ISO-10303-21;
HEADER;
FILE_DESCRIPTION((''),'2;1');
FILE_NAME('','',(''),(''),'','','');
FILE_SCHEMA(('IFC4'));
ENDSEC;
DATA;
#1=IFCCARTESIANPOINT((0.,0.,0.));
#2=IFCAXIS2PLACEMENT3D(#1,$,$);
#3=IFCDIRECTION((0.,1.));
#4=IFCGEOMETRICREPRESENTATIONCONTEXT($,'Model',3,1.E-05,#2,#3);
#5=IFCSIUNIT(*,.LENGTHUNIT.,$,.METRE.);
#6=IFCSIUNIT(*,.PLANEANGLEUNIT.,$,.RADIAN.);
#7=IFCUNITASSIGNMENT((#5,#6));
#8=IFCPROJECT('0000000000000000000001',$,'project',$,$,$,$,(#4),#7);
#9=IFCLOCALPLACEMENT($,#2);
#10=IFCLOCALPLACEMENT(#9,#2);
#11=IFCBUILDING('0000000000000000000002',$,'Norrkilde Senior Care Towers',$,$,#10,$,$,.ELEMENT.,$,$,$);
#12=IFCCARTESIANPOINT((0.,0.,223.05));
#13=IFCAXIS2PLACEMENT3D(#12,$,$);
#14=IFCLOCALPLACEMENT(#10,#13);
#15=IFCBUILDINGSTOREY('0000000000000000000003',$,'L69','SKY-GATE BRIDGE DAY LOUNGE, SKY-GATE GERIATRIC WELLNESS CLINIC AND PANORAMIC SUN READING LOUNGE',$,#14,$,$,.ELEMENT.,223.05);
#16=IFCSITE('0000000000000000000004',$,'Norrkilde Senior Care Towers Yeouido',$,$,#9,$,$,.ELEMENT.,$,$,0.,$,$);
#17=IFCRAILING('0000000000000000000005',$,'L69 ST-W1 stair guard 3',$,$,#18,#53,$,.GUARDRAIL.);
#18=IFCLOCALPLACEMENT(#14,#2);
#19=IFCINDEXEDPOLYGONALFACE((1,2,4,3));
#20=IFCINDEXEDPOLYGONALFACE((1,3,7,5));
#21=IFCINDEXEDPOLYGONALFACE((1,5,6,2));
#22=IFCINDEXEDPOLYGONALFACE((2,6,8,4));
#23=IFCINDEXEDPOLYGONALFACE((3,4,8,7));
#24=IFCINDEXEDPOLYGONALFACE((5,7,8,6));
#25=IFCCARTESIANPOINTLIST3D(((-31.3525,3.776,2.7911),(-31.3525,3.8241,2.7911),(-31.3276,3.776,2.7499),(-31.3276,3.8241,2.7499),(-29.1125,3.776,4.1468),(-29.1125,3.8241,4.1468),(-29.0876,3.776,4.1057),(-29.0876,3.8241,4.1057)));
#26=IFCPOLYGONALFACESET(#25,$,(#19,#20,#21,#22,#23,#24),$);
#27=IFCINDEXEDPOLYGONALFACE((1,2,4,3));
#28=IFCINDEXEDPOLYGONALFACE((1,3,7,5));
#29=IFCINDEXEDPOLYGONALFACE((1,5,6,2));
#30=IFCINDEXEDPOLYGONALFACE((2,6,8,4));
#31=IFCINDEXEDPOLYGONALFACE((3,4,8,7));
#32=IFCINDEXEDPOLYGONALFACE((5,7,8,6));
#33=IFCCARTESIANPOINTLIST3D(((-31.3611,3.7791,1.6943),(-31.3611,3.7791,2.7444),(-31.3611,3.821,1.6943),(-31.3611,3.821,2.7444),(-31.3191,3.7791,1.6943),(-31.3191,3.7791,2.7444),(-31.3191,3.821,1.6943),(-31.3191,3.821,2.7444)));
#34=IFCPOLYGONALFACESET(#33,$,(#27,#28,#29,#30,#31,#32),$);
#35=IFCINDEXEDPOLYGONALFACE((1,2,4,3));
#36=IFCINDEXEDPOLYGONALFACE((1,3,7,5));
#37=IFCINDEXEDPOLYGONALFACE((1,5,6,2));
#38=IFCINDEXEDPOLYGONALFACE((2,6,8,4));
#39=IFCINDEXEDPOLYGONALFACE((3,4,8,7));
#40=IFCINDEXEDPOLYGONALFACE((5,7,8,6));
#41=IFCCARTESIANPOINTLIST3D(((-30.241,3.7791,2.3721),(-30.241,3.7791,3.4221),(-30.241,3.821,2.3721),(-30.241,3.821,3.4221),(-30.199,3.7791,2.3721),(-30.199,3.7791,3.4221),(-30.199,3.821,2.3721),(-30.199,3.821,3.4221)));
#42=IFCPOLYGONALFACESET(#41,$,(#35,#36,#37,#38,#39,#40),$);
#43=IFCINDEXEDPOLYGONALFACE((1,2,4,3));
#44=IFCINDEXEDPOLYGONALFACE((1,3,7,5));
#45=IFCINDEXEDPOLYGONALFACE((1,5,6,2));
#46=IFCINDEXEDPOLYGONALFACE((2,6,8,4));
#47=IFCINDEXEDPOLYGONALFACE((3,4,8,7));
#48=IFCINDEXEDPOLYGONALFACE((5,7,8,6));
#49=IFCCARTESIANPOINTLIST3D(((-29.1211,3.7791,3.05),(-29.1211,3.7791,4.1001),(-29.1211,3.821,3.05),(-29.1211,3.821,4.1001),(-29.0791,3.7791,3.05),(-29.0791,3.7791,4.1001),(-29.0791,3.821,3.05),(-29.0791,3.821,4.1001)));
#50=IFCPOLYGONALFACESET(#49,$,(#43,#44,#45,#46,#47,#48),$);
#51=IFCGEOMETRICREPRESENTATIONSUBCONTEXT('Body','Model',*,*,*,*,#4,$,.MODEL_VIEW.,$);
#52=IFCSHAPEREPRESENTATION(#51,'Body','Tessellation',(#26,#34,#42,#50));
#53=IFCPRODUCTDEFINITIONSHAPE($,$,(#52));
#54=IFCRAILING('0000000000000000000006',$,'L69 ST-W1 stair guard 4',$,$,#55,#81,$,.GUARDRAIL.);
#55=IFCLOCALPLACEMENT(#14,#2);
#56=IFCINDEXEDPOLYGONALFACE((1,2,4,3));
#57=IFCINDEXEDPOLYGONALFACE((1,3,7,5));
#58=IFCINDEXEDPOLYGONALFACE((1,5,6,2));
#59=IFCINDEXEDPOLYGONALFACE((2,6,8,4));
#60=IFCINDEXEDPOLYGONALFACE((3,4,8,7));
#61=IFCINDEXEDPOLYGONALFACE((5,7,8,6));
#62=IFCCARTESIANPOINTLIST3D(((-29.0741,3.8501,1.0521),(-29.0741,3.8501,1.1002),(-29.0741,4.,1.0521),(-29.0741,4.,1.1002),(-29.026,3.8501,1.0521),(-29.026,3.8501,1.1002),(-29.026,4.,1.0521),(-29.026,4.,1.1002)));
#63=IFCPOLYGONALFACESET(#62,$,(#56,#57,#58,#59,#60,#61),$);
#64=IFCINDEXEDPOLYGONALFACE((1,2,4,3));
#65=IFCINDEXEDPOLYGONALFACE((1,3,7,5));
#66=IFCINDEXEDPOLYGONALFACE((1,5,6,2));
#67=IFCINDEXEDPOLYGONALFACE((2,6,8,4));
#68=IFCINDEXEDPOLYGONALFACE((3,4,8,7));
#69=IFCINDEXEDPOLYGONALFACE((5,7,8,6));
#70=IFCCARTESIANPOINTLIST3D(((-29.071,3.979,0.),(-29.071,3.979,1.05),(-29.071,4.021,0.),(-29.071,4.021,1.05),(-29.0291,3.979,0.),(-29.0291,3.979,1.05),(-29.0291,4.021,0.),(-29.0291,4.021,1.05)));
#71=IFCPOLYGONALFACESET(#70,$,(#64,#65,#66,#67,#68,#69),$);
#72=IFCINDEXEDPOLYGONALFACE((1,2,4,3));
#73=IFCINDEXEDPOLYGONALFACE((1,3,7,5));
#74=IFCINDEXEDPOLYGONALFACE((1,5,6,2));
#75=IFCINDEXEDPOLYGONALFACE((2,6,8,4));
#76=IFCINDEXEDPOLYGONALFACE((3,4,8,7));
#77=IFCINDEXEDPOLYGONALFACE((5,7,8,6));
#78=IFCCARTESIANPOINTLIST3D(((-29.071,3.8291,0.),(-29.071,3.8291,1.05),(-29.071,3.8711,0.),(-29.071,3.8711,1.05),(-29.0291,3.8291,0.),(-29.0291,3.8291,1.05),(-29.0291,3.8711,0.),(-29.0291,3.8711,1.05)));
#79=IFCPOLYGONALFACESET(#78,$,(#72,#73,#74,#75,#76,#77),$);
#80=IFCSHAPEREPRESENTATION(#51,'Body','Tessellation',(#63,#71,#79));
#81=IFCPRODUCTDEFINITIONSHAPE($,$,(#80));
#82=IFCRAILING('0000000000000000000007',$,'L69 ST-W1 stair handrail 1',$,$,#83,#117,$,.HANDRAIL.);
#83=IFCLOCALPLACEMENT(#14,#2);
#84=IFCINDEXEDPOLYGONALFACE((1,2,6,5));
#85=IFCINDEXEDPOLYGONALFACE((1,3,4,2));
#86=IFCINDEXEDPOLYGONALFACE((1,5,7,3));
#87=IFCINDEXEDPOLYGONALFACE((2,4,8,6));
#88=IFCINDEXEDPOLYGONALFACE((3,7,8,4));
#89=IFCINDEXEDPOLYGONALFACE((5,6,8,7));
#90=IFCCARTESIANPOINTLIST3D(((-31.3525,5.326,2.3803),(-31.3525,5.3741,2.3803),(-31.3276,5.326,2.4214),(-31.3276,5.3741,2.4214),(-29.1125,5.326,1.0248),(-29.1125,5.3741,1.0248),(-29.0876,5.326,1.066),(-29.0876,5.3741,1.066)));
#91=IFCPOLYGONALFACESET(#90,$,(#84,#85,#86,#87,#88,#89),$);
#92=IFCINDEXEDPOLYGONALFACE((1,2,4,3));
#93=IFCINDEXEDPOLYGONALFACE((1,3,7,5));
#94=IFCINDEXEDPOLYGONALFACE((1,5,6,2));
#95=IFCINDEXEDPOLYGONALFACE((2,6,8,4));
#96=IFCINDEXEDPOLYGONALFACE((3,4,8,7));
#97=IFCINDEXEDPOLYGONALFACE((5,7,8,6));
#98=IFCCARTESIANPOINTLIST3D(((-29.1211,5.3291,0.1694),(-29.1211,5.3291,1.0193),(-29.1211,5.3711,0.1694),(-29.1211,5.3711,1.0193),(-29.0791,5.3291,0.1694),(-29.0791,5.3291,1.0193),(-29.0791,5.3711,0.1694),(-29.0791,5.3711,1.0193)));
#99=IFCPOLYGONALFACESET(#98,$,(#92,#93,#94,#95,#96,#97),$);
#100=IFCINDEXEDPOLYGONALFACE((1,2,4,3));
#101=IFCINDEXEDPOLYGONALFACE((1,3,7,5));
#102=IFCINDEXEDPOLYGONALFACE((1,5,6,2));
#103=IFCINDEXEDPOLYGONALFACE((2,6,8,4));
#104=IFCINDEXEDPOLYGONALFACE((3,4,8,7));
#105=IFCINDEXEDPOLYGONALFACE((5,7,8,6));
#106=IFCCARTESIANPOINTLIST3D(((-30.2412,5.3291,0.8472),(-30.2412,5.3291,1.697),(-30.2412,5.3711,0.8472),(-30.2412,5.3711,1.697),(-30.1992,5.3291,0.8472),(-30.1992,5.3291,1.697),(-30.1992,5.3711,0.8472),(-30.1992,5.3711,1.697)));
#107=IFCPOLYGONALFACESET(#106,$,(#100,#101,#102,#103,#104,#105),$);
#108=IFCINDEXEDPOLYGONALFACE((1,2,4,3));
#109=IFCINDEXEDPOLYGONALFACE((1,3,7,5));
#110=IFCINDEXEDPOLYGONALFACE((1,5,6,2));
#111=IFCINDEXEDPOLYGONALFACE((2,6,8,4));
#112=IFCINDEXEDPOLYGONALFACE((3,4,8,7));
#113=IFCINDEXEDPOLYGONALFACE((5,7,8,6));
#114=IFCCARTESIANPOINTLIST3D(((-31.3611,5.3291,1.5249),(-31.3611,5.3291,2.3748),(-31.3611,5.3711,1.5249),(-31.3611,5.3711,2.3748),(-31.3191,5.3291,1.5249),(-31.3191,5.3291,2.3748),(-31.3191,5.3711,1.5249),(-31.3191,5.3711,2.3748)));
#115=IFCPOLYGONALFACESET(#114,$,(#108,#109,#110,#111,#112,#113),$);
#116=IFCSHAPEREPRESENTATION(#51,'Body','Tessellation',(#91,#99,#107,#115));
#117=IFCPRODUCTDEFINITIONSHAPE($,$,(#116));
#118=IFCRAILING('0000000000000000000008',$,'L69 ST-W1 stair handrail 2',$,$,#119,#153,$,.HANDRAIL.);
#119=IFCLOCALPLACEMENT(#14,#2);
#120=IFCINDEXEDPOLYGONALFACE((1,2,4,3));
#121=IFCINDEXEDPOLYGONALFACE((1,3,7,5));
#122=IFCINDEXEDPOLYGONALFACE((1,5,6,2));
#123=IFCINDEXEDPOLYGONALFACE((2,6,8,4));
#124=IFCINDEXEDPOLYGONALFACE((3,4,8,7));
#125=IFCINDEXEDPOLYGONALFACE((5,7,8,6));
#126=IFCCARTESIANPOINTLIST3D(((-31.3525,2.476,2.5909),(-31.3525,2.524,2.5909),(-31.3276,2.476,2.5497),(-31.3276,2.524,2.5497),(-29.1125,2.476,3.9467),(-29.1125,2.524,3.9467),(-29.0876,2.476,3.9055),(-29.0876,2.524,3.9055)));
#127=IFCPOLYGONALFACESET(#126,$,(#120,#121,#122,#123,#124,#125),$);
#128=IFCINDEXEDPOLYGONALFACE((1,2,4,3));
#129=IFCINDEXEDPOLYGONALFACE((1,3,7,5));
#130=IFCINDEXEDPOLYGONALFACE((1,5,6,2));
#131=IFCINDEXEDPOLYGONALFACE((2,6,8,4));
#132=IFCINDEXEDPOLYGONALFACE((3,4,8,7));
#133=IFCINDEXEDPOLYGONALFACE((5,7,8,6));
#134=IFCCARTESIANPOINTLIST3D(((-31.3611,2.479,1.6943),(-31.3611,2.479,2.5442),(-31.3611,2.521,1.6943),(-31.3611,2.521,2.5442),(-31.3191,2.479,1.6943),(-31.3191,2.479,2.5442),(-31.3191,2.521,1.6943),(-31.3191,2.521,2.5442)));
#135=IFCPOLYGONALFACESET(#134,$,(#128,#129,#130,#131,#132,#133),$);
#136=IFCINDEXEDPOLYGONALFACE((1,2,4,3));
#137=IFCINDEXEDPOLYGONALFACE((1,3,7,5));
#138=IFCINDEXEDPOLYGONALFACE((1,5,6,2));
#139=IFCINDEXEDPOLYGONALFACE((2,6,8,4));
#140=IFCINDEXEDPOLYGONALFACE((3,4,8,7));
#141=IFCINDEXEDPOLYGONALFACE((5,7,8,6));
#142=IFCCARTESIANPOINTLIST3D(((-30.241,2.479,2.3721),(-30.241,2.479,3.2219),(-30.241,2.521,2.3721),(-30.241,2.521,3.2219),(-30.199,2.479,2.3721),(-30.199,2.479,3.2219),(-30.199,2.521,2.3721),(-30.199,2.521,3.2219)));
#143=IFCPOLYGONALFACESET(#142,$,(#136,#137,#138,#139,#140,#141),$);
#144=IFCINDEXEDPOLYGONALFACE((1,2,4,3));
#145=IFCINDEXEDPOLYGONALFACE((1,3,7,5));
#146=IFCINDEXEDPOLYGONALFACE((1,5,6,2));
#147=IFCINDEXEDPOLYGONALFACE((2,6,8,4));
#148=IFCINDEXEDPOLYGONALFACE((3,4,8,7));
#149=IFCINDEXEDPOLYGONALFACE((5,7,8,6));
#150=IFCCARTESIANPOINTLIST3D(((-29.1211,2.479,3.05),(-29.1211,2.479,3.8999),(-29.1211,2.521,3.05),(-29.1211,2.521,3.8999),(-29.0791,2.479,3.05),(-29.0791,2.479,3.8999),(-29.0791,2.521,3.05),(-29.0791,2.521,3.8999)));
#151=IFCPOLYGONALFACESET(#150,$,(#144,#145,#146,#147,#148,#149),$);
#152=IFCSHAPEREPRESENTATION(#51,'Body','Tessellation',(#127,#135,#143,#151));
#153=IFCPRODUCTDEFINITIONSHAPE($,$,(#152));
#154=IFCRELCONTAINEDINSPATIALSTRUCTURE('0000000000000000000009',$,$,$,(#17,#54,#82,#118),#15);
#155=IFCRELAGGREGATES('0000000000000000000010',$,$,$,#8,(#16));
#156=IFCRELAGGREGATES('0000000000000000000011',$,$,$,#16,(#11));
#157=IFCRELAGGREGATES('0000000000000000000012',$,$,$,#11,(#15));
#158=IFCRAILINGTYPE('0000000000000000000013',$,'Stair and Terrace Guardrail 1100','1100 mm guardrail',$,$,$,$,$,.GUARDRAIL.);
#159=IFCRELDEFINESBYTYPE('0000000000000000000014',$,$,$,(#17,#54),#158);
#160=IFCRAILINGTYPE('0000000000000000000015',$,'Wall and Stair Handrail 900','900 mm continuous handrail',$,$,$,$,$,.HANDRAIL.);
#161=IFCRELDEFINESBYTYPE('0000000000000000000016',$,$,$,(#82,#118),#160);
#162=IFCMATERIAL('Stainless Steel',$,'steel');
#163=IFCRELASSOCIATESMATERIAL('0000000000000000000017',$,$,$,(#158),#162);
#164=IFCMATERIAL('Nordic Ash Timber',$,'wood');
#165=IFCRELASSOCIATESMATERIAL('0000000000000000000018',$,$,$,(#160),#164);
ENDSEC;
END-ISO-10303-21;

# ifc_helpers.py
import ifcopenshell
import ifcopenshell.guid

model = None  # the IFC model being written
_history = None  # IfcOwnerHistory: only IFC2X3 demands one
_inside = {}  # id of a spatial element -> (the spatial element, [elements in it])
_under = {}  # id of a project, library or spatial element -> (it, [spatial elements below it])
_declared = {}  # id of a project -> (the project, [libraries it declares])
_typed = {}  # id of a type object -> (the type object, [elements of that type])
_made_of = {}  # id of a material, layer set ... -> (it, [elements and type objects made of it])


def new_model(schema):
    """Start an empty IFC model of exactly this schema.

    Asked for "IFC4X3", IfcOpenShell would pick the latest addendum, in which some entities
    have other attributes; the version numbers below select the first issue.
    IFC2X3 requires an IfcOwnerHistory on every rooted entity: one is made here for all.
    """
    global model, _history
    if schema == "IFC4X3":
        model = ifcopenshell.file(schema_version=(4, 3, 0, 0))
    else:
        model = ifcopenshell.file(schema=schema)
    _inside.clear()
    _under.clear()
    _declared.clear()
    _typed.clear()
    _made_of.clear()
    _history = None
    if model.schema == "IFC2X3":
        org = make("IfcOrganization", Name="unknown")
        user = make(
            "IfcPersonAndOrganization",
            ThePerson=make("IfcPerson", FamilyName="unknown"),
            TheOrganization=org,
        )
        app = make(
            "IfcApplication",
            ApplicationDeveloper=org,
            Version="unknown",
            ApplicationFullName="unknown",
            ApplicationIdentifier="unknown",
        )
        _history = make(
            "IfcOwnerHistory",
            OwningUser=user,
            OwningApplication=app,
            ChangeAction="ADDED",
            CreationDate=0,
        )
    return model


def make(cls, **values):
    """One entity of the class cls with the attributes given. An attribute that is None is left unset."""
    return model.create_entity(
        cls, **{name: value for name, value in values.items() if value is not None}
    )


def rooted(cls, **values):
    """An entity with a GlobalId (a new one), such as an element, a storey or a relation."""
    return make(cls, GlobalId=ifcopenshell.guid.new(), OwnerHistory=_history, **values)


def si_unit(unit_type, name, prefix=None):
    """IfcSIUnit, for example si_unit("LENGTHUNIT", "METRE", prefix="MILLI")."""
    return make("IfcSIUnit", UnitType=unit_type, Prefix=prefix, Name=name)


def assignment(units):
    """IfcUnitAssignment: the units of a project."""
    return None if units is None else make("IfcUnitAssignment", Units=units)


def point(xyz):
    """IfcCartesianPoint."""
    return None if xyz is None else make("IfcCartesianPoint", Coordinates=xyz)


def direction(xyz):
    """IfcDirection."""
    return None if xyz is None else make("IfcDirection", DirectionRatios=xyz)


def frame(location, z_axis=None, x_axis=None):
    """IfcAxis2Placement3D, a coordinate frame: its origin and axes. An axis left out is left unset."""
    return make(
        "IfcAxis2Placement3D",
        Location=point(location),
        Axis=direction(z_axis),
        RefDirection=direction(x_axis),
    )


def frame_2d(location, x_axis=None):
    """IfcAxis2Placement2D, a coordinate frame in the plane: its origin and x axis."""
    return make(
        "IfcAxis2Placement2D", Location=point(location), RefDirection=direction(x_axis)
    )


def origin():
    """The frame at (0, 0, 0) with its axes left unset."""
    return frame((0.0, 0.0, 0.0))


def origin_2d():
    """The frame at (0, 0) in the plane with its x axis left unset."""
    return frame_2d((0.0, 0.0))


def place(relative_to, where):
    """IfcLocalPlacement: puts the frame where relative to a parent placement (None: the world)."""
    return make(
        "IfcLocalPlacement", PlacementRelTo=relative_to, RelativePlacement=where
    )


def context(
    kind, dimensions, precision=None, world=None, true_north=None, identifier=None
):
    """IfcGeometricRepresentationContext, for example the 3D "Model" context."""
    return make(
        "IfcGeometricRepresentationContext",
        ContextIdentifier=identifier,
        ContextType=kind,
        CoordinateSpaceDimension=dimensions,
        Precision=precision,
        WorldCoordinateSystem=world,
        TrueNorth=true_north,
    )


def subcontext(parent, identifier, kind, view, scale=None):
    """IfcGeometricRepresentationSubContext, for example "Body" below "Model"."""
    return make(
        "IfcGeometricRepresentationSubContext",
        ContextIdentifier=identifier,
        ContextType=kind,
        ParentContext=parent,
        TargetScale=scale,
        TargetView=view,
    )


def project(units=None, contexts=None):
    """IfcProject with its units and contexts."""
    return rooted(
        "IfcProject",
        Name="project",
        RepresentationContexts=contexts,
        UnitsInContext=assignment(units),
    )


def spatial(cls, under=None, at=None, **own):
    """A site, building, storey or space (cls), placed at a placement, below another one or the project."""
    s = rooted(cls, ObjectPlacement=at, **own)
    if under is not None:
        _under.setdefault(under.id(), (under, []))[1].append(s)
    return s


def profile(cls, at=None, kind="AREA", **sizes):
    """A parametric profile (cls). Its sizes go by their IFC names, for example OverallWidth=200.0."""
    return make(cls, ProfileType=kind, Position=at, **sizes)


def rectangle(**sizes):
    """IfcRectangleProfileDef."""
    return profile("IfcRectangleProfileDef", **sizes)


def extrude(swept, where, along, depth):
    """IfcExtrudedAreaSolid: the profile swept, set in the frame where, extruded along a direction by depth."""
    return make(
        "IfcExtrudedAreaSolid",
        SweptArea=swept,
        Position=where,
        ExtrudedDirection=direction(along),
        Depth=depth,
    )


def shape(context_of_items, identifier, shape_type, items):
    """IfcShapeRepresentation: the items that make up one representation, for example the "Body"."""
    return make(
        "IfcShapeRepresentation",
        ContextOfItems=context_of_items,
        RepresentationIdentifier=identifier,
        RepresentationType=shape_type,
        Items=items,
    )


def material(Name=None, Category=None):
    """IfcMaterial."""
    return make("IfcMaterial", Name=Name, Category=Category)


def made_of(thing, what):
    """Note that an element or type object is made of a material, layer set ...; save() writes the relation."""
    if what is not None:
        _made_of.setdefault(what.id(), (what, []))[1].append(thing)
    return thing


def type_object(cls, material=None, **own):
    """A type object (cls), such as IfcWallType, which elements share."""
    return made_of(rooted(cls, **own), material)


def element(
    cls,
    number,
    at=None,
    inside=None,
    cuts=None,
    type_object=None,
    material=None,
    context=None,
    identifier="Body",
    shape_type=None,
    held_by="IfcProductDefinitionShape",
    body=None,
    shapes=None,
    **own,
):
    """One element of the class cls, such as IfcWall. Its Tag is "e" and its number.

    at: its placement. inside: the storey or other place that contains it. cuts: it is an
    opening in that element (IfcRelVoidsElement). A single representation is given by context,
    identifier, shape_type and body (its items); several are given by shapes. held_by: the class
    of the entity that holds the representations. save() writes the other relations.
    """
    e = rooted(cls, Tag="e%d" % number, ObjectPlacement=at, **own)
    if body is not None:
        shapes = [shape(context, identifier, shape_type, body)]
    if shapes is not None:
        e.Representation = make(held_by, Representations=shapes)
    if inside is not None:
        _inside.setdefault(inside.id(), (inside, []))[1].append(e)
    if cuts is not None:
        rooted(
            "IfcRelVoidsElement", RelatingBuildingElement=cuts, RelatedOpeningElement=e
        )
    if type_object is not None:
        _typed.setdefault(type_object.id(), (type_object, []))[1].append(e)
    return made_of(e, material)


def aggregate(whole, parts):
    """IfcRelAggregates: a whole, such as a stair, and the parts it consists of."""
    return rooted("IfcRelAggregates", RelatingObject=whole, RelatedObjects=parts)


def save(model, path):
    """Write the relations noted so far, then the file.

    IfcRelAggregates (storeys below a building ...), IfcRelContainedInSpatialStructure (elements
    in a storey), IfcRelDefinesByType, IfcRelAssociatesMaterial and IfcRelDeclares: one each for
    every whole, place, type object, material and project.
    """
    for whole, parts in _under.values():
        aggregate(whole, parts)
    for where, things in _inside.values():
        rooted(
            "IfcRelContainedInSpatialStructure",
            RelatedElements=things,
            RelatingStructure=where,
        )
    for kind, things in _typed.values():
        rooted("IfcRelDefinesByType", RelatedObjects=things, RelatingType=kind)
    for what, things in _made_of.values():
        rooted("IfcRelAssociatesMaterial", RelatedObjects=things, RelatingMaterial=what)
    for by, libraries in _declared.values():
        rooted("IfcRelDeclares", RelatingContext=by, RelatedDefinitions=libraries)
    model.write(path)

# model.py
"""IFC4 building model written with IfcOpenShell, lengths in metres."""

from ifc_helpers import new_model, si_unit, direction, frame, origin, origin_2d, place, context, subcontext, project, spatial, rectangle, extrude, material, type_object, element, save


model = new_model("IFC4")

# Units and contexts
model_context = context("Model", 3, precision=1e-05, world=origin(), true_north=direction((0.0, 1.0)))
body_context = subcontext(model_context, "Body", "Model", "MODEL_VIEW")
ifc_project = project(units=[si_unit("LENGTHUNIT", "METRE"), si_unit("PLANEANGLEUNIT", "RADIAN")], contexts=[model_context])

# Site, building, storey
site_placement = place(None, origin())
site = spatial("IfcSite", under=ifc_project, at=site_placement, Name="Norrkilde Senior Care Towers Yeouido", CompositionType="ELEMENT", RefElevation=0.0)
building_placement = place(site_placement, origin())
building = spatial("IfcBuilding", under=site, at=building_placement, Name="Norrkilde Senior Care Towers", CompositionType="ELEMENT")
storey_placement = place(building_placement, frame((0.0, 0.0, 223.05)))
storey = spatial("IfcBuildingStorey", under=building, at=storey_placement, Name="L69", Description="SKY-GATE BRIDGE DAY LOUNGE, SKY-GATE GERIATRIC WELLNESS CLINIC AND PANORAMIC SUN READING LOUNGE", CompositionType="ELEMENT", Elevation=223.05)

# Shared definitions
ifc_material_1 = material(Name="Stainless Steel", Category="steel")

# Railings
railing_type_1 = type_object("IfcRailingType", Name="Stair and Terrace Guardrail 1100", Description="1100 mm guardrail", PredefinedType="GUARDRAIL", material=ifc_material_1)
railing_1_placement = place(storey_placement, frame((-31.3401, 3.8, 1.6943)))
element("IfcRailing", 1, at=railing_1_placement, inside=storey, type_object=railing_type_1, Name="L69 ST-W1 stair guard 3", PredefinedType="GUARDRAIL", context=body_context, shape_type="SweptSolid", body=[
    extrude(rectangle(XDim=0.0481, YDim=0.0481, at=origin_2d()), frame((0.0, 0.0, 1.0762), z_axis=(0.855512, 0.0, 0.517783), x_axis=(0.0, 1.0, 0.0)), (0.0, 0.0, 1.0), 2.6184),
    extrude(rectangle(XDim=0.042, YDim=0.042, at=origin_2d()), origin(), (0.0, 0.0, 1.0), 1.05),
    extrude(rectangle(XDim=0.042, YDim=0.042, at=origin_2d()), frame((1.1201, 0.0, 0.6777)), (0.0, 0.0, 1.0), 1.05),
    extrude(rectangle(XDim=0.042, YDim=0.042, at=origin_2d()), frame((2.24, 0.0, 1.3557)), (0.0, 0.0, 1.0), 1.05),
])
railing_2_placement = place(storey_placement, frame((-29.05, 4.0, 0.0)))
element("IfcRailing", 2, at=railing_2_placement, inside=storey, type_object=railing_type_1, Name="L69 ST-W1 stair guard 4", PredefinedType="GUARDRAIL", context=body_context, shape_type="SweptSolid", body=[
    extrude(rectangle(XDim=0.0481, YDim=0.0481, at=origin_2d()), frame((0.0, 0.0, 1.0762), z_axis=(0.0, -1.0, 0.0), x_axis=(1.0, 0.0, 0.0)), (0.0, 0.0, 1.0), 0.1499),
    extrude(rectangle(XDim=0.042, YDim=0.042, at=origin_2d()), origin(), (0.0, 0.0, 1.0), 1.05),
    extrude(rectangle(XDim=0.042, YDim=0.042, at=origin_2d()), frame((0.0, -0.1499, 0.0)), (0.0, 0.0, 1.0), 1.05),
])
ifc_material_2 = material(Name="Nordic Ash Timber", Category="wood")
railing_type_2 = type_object("IfcRailingType", Name="Wall and Stair Handrail 900", Description="900 mm continuous handrail", PredefinedType="HANDRAIL", material=ifc_material_2)
railing_3_placement = place(storey_placement, frame((-29.1001, 5.3501, 0.1694)))
element("IfcRailing", 3, at=railing_3_placement, inside=storey, type_object=railing_type_2, Name="L69 ST-W1 stair handrail 1", PredefinedType="HANDRAIL", context=body_context, shape_type="SweptSolid", body=[
    extrude(rectangle(XDim=0.0481, YDim=0.0481, at=origin_2d()), frame((0.0, 0.0, 0.876), z_axis=(-0.855553, 0.0, 0.517715), x_axis=(0.0, -1.0, 0.0)), (0.0, 0.0, 1.0), 2.6182),
    extrude(rectangle(XDim=0.042, YDim=0.042, at=origin_2d()), origin(), (0.0, 0.0, 1.0), 0.8499),
    extrude(rectangle(XDim=0.042, YDim=0.042, at=origin_2d()), frame((-1.1201, 0.0, 0.6777)), (0.0, 0.0, 1.0), 0.8499),
    extrude(rectangle(XDim=0.042, YDim=0.042, at=origin_2d()), frame((-2.24, 0.0, 1.3555)), (0.0, 0.0, 1.0), 0.8499),
])
railing_4_placement = place(storey_placement, frame((-31.3401, 2.5, 1.6943)))
element("IfcRailing", 4, at=railing_4_placement, inside=storey, type_object=railing_type_2, Name="L69 ST-W1 stair handrail 2", PredefinedType="HANDRAIL", context=body_context, shape_type="SweptSolid", body=[
    extrude(rectangle(XDim=0.0481, YDim=0.0481, at=origin_2d()), frame((0.0, 0.0, 0.876), z_axis=(0.855512, 0.0, 0.517783), x_axis=(0.0, 1.0, 0.0)), (0.0, 0.0, 1.0), 2.6184),
    extrude(rectangle(XDim=0.042, YDim=0.042, at=origin_2d()), origin(), (0.0, 0.0, 1.0), 0.8499),
    extrude(rectangle(XDim=0.042, YDim=0.042, at=origin_2d()), frame((1.1201, 0.0, 0.6777)), (0.0, 0.0, 1.0), 0.8499),
    extrude(rectangle(XDim=0.042, YDim=0.042, at=origin_2d()), frame((2.24, 0.0, 1.3557)), (0.0, 0.0, 1.0), 0.8499),
])

save(model, "model.ifc")
